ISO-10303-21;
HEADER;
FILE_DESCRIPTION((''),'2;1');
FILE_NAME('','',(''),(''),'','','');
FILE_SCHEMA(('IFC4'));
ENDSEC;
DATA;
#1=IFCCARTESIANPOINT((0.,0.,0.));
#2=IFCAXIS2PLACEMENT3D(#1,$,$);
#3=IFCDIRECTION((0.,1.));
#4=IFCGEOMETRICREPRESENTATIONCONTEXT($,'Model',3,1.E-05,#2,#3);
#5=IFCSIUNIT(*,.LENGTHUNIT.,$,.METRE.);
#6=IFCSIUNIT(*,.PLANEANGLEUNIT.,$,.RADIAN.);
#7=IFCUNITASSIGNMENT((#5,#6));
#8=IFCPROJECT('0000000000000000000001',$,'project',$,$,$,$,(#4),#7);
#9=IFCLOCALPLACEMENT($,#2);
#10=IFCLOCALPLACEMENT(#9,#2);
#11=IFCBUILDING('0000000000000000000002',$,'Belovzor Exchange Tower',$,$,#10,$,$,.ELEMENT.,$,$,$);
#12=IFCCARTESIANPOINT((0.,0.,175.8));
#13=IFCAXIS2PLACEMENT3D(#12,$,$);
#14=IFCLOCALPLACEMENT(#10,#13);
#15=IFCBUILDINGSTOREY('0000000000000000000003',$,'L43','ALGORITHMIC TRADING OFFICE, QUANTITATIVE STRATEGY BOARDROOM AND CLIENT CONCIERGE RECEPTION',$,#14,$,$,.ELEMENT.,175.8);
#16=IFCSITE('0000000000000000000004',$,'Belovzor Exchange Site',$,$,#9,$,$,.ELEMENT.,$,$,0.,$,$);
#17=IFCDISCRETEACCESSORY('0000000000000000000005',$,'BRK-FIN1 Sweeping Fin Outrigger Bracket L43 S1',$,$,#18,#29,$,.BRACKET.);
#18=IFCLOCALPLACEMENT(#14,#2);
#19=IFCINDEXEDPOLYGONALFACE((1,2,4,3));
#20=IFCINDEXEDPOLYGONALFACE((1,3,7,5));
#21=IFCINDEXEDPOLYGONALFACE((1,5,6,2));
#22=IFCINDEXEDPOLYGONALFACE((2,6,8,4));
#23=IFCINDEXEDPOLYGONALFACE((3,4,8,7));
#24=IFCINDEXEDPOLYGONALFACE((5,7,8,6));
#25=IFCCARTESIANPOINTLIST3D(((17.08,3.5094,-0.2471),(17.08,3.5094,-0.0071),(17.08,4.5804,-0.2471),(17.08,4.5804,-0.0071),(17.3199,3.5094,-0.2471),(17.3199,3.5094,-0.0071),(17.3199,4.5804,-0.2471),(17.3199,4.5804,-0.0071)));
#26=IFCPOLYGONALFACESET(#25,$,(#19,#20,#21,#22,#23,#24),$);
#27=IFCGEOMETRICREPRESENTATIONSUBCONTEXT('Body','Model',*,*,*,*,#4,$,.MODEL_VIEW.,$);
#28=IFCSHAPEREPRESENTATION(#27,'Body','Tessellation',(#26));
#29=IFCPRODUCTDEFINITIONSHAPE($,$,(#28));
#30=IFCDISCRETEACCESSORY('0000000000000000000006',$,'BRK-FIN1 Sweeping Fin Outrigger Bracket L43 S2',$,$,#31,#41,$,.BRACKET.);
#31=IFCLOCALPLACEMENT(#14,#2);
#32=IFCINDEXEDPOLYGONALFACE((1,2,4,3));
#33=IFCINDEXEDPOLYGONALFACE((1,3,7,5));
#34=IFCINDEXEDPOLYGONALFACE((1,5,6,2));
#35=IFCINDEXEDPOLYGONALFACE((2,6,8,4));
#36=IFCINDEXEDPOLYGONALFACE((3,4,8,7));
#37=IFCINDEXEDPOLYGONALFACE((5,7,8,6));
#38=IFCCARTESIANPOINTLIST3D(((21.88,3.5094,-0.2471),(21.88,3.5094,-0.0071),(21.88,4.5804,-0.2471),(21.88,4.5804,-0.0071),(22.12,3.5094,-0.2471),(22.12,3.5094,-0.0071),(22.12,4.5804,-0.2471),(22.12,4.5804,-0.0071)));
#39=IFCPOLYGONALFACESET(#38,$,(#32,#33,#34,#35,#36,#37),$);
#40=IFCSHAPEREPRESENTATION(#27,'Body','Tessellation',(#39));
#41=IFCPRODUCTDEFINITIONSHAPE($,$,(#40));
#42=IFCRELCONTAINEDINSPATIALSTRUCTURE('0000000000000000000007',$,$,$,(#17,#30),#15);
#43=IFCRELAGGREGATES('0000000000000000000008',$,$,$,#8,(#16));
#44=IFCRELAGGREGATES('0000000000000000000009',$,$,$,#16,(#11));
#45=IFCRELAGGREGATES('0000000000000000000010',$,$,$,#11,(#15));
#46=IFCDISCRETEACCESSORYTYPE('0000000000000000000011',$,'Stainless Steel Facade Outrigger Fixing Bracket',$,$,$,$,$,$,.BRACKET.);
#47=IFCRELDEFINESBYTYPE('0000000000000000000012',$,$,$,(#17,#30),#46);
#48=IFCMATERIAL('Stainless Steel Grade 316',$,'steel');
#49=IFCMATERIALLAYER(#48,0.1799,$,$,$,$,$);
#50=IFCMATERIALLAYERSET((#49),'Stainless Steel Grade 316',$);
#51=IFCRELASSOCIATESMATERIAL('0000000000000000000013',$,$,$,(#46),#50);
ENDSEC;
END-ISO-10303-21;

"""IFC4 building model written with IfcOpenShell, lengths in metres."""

from ifc_helpers import new_model, si_unit, direction, frame, origin, origin_2d, place, context, subcontext, project, spatial, rectangle, extrude, material, layer, layer_set, type_object, element, save


model = new_model("IFC4")

# Units and contexts
model_context = context("Model", 3, precision=1e-05, world=origin(), true_north=direction((0.0, 1.0)))
body_context = subcontext(model_context, "Body", "Model", "MODEL_VIEW")
ifc_project = project(units=[si_unit("LENGTHUNIT", "METRE"), si_unit("PLANEANGLEUNIT", "RADIAN")], contexts=[model_context])

# Site, building, storey
site_placement = place(None, origin())
site = spatial("IfcSite", under=ifc_project, at=site_placement, Name="Belovzor Exchange Site", CompositionType="ELEMENT", RefElevation=0.0)
building_placement = place(site_placement, origin())
building = spatial("IfcBuilding", under=site, at=building_placement, Name="Belovzor Exchange Tower", CompositionType="ELEMENT")
storey_placement = place(building_placement, frame((0.0, 0.0, 175.8)))
storey = spatial("IfcBuildingStorey", under=building, at=storey_placement, Name="L43", Description="ALGORITHMIC TRADING OFFICE, QUANTITATIVE STRATEGY BOARDROOM AND CLIENT CONCIERGE RECEPTION", CompositionType="ELEMENT", Elevation=175.8)

# Discrete accessories
ifc_material_1 = material(Name="Stainless Steel Grade 316", Category="steel")
ifc_layer_1 = layer(ifc_material_1, 0.1799)
ifc_layer_set_1 = layer_set([ifc_layer_1], Name="Stainless Steel Grade 316")
discrete_accessory_type = type_object("IfcDiscreteAccessoryType", Name="Stainless Steel Facade Outrigger Fixing Bracket", PredefinedType="BRACKET", material=ifc_layer_set_1)
for number, where, z_axis, x_axis, name in (
    (1, (17.2, 4.0449, -0.2471), (0.0, 0.0, 1.0), (0.0, 1.0, 0.0), "BRK-FIN1 Sweeping Fin Outrigger Bracket L43 S1"),
    (2, (22.0, 4.0449, -0.2471), (0.0, 0.0, 1.0), (0.0, 1.0, 0.0), "BRK-FIN1 Sweeping Fin Outrigger Bracket L43 S2"),
):
    element("IfcDiscreteAccessory", number, at=place(storey_placement, frame(where, z_axis=z_axis, x_axis=x_axis)), inside=storey, type_object=discrete_accessory_type, Name=name, PredefinedType="BRACKET", context=body_context, shape_type="SweptSolid", body=[
        extrude(rectangle(XDim=1.071, YDim=0.24, at=origin_2d()), origin(), (0.0, 0.0, 1.0), 0.24),
    ])

save(model, "model.ifc")
